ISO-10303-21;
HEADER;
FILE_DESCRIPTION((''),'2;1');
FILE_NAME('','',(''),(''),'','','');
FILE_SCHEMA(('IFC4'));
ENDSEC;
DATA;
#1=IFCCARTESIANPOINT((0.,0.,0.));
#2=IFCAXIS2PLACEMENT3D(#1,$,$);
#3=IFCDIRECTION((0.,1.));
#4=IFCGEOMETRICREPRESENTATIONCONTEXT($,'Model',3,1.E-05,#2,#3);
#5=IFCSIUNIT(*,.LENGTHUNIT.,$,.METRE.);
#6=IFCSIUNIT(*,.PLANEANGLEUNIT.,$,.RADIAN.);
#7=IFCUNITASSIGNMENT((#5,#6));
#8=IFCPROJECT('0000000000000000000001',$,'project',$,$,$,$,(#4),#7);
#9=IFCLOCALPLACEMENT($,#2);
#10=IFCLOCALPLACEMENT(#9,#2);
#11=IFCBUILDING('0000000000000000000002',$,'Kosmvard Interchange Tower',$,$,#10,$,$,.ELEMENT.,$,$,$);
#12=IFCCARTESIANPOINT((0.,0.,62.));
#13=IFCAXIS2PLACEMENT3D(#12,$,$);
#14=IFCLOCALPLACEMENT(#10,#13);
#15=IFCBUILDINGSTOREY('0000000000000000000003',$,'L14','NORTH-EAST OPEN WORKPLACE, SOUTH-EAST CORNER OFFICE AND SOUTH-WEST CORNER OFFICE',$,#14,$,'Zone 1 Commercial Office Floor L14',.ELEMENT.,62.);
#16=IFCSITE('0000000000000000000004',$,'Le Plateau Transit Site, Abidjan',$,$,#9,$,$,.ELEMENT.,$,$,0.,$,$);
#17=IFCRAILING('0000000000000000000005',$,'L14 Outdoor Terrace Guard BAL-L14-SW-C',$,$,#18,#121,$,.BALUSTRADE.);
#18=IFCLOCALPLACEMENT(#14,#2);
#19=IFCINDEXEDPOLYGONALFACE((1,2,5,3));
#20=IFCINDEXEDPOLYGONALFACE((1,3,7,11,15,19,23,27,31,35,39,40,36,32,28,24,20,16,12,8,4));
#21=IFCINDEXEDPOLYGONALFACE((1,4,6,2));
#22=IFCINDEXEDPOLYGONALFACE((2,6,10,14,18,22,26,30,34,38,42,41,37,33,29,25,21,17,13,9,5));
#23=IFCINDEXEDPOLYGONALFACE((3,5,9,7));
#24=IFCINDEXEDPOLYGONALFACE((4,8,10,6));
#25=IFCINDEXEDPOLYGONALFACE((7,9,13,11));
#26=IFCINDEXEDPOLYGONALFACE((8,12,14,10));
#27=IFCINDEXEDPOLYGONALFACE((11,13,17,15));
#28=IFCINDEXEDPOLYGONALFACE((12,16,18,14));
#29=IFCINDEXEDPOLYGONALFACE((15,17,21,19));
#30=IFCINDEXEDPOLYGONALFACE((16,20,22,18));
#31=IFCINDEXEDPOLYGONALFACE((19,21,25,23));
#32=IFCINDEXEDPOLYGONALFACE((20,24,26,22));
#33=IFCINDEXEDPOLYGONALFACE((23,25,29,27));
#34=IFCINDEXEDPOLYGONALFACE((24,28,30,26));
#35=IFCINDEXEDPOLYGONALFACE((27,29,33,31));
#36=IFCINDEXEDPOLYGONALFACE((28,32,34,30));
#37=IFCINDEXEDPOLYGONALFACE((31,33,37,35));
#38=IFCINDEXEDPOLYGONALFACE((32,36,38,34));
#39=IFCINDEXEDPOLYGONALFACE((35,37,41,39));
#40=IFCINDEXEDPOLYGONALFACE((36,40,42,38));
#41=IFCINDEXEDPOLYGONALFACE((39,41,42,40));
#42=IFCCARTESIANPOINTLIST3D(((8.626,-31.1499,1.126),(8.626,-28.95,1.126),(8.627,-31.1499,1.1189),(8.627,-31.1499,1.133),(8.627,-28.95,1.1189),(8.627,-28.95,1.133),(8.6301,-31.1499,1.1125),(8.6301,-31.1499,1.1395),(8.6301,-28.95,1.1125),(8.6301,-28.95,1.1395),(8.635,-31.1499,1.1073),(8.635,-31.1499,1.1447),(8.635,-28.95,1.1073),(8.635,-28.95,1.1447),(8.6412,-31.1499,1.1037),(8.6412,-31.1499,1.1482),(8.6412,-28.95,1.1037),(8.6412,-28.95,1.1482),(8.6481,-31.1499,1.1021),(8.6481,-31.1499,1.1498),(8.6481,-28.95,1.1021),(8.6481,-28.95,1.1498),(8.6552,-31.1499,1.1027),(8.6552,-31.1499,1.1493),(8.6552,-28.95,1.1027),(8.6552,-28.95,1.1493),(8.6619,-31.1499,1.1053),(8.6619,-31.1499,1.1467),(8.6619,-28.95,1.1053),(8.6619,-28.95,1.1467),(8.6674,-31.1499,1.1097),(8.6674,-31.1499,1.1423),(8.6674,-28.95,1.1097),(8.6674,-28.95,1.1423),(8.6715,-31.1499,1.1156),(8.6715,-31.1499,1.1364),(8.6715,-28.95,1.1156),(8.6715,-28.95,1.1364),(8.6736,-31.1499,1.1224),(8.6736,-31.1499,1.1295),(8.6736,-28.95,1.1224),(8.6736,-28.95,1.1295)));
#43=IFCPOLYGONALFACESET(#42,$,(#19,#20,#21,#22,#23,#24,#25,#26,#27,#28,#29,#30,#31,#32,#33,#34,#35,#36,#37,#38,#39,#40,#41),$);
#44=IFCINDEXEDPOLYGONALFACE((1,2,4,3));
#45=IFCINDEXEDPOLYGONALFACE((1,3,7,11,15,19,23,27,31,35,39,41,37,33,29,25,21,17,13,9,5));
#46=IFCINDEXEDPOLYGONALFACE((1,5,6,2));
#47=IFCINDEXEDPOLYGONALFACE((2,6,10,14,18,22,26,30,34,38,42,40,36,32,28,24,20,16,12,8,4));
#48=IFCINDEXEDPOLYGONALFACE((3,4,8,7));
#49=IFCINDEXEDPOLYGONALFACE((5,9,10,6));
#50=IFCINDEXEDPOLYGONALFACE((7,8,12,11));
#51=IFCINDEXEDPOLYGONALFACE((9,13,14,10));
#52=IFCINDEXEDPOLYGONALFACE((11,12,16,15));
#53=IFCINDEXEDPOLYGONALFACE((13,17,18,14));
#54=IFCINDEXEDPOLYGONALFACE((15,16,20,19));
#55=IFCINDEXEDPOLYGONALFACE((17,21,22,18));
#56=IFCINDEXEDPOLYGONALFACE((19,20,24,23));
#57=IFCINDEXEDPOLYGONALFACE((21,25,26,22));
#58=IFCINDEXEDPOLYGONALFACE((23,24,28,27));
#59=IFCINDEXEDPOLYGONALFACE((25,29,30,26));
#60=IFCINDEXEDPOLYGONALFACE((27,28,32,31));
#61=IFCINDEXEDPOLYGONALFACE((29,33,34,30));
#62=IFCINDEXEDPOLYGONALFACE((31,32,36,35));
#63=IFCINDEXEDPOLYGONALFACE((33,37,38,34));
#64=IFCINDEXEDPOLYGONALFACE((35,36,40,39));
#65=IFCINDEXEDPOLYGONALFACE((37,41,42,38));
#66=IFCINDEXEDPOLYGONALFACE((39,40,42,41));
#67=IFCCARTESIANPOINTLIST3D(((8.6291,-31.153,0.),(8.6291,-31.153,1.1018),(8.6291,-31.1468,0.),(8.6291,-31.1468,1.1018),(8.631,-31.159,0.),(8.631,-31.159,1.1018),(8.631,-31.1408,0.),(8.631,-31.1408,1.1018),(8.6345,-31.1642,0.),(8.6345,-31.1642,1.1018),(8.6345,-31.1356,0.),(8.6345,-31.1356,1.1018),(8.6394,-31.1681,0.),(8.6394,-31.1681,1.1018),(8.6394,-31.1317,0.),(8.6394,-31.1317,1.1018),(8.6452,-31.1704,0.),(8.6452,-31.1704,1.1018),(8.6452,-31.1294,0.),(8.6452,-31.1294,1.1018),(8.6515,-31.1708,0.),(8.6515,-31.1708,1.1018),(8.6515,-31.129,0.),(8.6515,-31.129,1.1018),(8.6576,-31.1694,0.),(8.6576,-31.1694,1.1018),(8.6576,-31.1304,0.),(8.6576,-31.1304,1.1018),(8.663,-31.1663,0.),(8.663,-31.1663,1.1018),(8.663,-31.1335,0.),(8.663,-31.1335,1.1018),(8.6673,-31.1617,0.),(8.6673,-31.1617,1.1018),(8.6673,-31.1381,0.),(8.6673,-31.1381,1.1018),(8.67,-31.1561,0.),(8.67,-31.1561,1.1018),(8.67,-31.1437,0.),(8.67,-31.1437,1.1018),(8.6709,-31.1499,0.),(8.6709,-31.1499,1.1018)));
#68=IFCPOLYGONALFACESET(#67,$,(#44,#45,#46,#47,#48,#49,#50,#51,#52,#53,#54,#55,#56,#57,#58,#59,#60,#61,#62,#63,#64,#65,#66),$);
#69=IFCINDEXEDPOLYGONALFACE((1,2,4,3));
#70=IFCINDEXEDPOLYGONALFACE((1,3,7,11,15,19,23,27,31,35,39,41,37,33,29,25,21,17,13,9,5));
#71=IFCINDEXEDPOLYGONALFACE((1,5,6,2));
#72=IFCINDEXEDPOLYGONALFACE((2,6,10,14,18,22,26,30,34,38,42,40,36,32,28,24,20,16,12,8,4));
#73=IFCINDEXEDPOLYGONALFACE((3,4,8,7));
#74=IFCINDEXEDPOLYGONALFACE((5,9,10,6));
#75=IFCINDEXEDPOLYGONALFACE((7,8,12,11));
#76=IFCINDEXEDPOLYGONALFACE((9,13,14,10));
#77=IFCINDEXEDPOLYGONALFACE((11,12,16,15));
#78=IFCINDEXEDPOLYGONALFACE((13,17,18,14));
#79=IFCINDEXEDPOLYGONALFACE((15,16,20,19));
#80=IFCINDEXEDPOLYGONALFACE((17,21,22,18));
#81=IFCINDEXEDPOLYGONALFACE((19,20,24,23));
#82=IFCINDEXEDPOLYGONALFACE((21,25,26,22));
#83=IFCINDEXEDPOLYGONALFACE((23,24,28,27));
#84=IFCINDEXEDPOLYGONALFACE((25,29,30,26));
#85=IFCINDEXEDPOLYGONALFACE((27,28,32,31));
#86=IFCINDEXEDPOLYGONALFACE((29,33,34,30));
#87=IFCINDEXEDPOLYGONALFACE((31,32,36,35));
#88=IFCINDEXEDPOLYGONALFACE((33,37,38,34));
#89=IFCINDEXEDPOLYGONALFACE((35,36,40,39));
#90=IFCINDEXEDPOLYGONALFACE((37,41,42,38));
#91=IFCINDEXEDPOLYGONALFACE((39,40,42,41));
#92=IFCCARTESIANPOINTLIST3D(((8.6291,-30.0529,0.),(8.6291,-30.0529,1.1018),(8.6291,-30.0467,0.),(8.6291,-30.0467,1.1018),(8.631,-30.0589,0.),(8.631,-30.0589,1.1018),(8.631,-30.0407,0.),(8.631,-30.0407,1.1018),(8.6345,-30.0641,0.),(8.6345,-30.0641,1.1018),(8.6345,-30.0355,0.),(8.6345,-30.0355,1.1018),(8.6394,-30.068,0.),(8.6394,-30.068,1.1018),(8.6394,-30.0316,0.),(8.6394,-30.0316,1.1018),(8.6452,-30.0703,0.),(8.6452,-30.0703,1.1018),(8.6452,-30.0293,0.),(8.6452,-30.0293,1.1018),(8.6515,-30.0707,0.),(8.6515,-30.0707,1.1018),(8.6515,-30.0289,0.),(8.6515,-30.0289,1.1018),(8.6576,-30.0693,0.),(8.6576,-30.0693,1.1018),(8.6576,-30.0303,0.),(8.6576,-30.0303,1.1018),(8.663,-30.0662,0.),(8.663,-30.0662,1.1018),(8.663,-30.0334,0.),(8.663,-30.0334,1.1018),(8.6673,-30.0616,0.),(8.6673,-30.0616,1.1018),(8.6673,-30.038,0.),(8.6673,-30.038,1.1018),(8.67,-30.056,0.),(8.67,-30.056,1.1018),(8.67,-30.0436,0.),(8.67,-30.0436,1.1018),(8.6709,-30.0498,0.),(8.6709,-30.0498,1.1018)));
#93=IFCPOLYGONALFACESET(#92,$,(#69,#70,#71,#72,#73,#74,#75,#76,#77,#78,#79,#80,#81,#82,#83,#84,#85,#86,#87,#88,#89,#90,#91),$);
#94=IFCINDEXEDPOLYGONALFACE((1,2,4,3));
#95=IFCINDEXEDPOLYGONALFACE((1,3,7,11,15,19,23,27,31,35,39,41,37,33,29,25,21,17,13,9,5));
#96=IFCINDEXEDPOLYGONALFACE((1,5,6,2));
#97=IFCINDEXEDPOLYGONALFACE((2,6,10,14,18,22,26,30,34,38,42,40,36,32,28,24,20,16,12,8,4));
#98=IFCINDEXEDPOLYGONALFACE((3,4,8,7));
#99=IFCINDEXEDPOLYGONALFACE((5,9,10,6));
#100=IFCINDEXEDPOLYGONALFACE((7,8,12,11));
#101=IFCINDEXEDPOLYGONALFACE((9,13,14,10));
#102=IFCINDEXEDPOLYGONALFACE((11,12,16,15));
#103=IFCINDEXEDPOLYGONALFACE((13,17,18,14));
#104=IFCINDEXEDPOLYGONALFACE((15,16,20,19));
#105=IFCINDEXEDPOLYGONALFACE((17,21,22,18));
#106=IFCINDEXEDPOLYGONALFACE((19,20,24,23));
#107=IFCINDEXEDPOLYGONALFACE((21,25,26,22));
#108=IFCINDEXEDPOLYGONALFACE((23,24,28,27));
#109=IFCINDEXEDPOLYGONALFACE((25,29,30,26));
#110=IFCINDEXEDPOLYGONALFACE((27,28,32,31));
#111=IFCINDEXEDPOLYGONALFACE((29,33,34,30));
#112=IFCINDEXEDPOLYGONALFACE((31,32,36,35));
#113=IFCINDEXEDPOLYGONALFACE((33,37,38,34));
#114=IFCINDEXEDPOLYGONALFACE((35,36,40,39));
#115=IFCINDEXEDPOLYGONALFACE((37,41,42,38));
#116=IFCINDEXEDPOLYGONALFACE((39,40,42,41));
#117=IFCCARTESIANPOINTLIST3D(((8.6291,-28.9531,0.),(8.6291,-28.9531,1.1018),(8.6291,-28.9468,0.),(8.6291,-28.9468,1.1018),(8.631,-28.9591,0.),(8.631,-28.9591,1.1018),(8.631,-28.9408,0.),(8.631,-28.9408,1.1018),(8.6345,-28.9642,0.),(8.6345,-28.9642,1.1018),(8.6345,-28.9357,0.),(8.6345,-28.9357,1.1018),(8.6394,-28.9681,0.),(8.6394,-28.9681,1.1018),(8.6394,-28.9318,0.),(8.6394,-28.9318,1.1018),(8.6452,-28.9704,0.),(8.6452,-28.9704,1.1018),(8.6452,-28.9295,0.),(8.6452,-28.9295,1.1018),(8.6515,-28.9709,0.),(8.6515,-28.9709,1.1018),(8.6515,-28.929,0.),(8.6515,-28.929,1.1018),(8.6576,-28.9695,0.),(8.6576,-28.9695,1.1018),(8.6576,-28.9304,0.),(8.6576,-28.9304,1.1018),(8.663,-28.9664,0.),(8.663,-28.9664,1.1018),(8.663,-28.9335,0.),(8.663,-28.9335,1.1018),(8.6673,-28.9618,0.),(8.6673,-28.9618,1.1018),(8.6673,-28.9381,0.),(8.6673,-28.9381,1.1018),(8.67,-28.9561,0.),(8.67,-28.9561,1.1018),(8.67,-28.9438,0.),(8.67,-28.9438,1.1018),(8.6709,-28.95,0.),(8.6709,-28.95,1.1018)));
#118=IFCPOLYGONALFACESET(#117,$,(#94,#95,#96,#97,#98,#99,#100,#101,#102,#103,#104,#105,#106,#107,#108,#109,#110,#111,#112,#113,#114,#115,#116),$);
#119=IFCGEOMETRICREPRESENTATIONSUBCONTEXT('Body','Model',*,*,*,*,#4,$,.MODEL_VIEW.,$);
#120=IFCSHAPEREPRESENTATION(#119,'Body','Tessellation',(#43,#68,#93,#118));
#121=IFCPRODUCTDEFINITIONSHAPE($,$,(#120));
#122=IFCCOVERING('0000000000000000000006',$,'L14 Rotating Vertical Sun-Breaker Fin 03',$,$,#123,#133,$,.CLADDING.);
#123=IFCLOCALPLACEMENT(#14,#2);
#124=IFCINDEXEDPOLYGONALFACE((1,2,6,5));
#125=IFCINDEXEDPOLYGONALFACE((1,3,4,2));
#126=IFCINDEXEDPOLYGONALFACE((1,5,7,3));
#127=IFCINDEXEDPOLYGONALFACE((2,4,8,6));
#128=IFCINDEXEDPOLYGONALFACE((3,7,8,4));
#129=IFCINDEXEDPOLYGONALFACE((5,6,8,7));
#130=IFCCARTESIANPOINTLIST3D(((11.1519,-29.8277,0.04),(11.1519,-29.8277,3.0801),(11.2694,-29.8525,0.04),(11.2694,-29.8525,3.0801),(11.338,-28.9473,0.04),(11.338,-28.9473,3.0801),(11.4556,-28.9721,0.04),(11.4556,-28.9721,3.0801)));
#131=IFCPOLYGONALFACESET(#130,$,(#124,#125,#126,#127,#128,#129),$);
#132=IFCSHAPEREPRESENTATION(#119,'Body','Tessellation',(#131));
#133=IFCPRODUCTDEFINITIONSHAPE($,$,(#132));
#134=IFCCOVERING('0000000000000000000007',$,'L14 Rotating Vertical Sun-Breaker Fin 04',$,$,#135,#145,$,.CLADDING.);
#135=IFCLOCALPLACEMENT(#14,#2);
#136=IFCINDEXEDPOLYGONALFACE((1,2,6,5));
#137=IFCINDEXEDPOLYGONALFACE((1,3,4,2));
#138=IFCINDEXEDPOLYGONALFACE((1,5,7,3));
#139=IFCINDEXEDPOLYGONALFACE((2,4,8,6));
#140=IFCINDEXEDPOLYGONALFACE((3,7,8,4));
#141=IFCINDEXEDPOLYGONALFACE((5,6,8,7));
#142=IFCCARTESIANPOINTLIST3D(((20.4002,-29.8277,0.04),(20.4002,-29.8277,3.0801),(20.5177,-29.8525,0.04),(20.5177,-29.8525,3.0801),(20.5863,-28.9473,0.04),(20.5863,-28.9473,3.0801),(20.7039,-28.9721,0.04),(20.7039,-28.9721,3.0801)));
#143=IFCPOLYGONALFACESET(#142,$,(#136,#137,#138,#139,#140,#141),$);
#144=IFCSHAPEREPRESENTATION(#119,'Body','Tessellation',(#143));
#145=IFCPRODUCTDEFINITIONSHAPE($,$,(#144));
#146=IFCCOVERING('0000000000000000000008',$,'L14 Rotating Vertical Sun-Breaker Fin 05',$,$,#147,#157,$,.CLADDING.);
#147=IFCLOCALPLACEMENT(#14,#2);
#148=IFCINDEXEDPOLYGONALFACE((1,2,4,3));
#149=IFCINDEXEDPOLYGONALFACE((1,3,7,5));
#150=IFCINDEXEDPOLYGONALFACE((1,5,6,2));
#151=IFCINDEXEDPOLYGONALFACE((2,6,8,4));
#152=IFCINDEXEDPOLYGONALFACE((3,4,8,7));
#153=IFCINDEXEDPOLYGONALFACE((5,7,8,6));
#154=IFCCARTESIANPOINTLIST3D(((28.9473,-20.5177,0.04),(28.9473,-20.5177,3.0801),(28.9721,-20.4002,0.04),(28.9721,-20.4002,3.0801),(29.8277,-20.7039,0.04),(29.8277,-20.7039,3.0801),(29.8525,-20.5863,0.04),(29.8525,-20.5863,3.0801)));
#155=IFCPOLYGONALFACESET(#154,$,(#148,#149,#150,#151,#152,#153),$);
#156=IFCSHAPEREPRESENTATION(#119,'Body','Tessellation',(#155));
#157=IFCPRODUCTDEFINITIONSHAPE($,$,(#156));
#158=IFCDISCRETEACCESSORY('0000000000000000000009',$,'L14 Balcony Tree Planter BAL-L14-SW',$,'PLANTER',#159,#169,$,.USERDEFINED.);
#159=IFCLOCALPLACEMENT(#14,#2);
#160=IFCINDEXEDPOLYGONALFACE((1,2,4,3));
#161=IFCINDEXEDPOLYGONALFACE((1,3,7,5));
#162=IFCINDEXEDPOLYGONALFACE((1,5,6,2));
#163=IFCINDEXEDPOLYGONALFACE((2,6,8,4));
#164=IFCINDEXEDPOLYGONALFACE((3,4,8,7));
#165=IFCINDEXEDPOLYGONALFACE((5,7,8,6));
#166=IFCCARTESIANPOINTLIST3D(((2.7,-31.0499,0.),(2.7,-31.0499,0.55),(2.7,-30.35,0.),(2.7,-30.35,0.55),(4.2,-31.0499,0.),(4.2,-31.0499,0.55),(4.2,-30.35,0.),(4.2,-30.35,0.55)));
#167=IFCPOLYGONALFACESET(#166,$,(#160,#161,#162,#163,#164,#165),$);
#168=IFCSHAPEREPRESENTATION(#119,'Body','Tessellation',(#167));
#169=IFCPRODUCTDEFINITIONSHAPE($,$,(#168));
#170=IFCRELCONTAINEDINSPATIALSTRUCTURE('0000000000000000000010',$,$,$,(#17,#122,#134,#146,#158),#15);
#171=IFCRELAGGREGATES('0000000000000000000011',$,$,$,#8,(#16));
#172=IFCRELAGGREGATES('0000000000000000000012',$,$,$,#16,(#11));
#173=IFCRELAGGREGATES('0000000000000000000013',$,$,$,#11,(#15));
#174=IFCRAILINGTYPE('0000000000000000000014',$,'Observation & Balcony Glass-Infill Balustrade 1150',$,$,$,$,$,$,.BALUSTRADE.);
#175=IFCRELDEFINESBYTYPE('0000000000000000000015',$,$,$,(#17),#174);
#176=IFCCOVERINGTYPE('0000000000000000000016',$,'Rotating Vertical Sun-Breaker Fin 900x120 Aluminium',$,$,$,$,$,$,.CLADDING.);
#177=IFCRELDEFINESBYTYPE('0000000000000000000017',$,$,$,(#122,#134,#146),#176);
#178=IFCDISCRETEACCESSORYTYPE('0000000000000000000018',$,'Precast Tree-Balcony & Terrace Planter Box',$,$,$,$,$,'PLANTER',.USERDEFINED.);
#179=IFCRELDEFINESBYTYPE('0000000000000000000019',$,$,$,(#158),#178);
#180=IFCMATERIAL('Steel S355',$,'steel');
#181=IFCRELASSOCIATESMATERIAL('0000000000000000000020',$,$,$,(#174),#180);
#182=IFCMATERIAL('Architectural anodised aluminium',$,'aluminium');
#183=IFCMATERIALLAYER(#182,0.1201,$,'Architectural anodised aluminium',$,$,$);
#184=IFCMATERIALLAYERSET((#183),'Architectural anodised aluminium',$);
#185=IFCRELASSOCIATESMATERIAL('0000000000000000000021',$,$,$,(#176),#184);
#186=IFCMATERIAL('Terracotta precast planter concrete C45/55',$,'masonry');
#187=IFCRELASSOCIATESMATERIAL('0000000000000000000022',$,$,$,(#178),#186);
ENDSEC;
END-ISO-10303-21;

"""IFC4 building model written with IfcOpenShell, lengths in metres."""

from ifc_helpers import new_model, si_unit, direction, frame, origin, origin_2d, place, context, subcontext, project, spatial, rectangle, circle, extrude, source, transform, mapped, material, layer, layer_set, type_object, element, save


model = new_model("IFC4")

# Units and contexts
model_context = context("Model", 3, precision=1e-05, world=origin(), true_north=direction((0.0, 1.0)))
body_context = subcontext(model_context, "Body", "Model", "MODEL_VIEW")
ifc_project = project(units=[si_unit("LENGTHUNIT", "METRE"), si_unit("PLANEANGLEUNIT", "RADIAN")], contexts=[model_context])

# Site, building, storey
site_placement = place(None, origin())
site = spatial("IfcSite", under=ifc_project, at=site_placement, Name="Le Plateau Transit Site, Abidjan", CompositionType="ELEMENT", RefElevation=0.0)
building_placement = place(site_placement, origin())
building = spatial("IfcBuilding", under=site, at=building_placement, Name="Kosmvard Interchange Tower", CompositionType="ELEMENT")
storey_placement = place(building_placement, frame((0.0, 0.0, 62.0)))
storey = spatial("IfcBuildingStorey", under=building, at=storey_placement, Name="L14", Description="NORTH-EAST OPEN WORKPLACE, SOUTH-EAST CORNER OFFICE AND SOUTH-WEST CORNER OFFICE", LongName="Zone 1 Commercial Office Floor L14", CompositionType="ELEMENT", Elevation=62.0)

# Shared definitions
ifc_material_1 = material(Name="Steel S355", Category="steel")

# Railing
railing_type = type_object("IfcRailingType", Name="Observation & Balcony Glass-Infill Balustrade 1150", PredefinedType="BALUSTRADE", material=ifc_material_1)
shared_shape_1 = source(origin(), body_context, "Body", "SweptSolid", [
    extrude(circle(Radius=0.0239, at=origin_2d()), frame((0.0, 0.0, 1.126), z_axis=(0.0, 1.0, 0.0), x_axis=(-1.0, 0.0, 0.0)), (0.0, 0.0, 1.0), 2.2),
    extrude(circle(Radius=0.021, at=origin_2d()), origin(), (0.0, 0.0, 1.0), 1.1018),
    extrude(circle(Radius=0.021, at=origin_2d()), frame((0.0, 1.1001, 0.0)), (0.0, 0.0, 1.0), 1.1018),
    extrude(circle(Radius=0.021, at=origin_2d()), frame((0.0, 2.2, 0.0)), (0.0, 0.0, 1.0), 1.1018),
])
railing_1_placement = place(storey_placement, frame((8.6499, -31.1499, 0.0)))
element("IfcRailing", 1, at=railing_1_placement, inside=storey, type_object=railing_type, Name="L14 Outdoor Terrace Guard BAL-L14-SW-C", PredefinedType="BALUSTRADE", context=body_context, shape_type="MappedRepresentation", body=[
    mapped(shared_shape_1, transform((0.0, 0.0, 0.0), scale=1.0)),
])

# Coverings
ifc_material_2 = material(Name="Architectural anodised aluminium", Category="aluminium")
ifc_layer_1 = layer(ifc_material_2, 0.1201, Name="Architectural anodised aluminium")
ifc_layer_set_1 = layer_set([ifc_layer_1], Name="Architectural anodised aluminium")
covering_type = type_object("IfcCoveringType", Name="Rotating Vertical Sun-Breaker Fin 900x120 Aluminium", PredefinedType="CLADDING", material=ifc_layer_set_1)
shared_shape_2 = source(origin(), body_context, "Body", "SweptSolid", [
    extrude(rectangle(XDim=0.8999, YDim=0.1201, at=origin_2d()), origin(), (0.0, 0.0, 1.0), 3.04),
])
for number, where, z_axis, x_axis, name in (
    (2, (11.3037, -29.3999, 0.04), (0.0, 0.0, 1.0), (-0.206887, -0.978365, 0.0), "L14 Rotating Vertical Sun-Breaker Fin 03"),
    (3, (20.552, -29.3999, 0.04), (0.0, 0.0, 1.0), (-0.206887, -0.978365, 0.0), "L14 Rotating Vertical Sun-Breaker Fin 04"),
    (4, (29.3999, -20.552, 0.04), (0.0, 0.0, 1.0), (0.978365, -0.206887, 0.0), "L14 Rotating Vertical Sun-Breaker Fin 05"),
):
    element("IfcCovering", number, at=place(storey_placement, frame(where, z_axis=z_axis, x_axis=x_axis)), inside=storey, type_object=covering_type, Name=name, PredefinedType="CLADDING", context=body_context, shape_type="MappedRepresentation", body=[
        mapped(shared_shape_2, transform((0.0, 0.0, 0.0), scale=1.0)),
    ])

# Discrete accessory
ifc_material_3 = material(Name="Terracotta precast planter concrete C45/55", Category="masonry")
discrete_accessory_type = type_object("IfcDiscreteAccessoryType", Name="Precast Tree-Balcony & Terrace Planter Box", ElementType="PLANTER", PredefinedType="USERDEFINED", material=ifc_material_3)
shared_shape_3 = source(origin(), body_context, "Body", "SweptSolid", [
    extrude(rectangle(XDim=1.5, YDim=0.7, at=origin_2d()), origin(), (0.0, 0.0, 1.0), 0.55),
])
discrete_accessory_placement = place(storey_placement, frame((3.45, -30.7, 0.0), z_axis=(0.0, 0.0, 1.0), x_axis=(1.0, 0.0, 0.0)))
element("IfcDiscreteAccessory", 5, at=discrete_accessory_placement, inside=storey, type_object=discrete_accessory_type, Name="L14 Balcony Tree Planter BAL-L14-SW", ObjectType="PLANTER", PredefinedType="USERDEFINED", context=body_context, shape_type="MappedRepresentation", body=[
    mapped(shared_shape_3, transform((0.0, 0.0, 0.0), scale=1.0)),
])

save(model, "model.ifc")
